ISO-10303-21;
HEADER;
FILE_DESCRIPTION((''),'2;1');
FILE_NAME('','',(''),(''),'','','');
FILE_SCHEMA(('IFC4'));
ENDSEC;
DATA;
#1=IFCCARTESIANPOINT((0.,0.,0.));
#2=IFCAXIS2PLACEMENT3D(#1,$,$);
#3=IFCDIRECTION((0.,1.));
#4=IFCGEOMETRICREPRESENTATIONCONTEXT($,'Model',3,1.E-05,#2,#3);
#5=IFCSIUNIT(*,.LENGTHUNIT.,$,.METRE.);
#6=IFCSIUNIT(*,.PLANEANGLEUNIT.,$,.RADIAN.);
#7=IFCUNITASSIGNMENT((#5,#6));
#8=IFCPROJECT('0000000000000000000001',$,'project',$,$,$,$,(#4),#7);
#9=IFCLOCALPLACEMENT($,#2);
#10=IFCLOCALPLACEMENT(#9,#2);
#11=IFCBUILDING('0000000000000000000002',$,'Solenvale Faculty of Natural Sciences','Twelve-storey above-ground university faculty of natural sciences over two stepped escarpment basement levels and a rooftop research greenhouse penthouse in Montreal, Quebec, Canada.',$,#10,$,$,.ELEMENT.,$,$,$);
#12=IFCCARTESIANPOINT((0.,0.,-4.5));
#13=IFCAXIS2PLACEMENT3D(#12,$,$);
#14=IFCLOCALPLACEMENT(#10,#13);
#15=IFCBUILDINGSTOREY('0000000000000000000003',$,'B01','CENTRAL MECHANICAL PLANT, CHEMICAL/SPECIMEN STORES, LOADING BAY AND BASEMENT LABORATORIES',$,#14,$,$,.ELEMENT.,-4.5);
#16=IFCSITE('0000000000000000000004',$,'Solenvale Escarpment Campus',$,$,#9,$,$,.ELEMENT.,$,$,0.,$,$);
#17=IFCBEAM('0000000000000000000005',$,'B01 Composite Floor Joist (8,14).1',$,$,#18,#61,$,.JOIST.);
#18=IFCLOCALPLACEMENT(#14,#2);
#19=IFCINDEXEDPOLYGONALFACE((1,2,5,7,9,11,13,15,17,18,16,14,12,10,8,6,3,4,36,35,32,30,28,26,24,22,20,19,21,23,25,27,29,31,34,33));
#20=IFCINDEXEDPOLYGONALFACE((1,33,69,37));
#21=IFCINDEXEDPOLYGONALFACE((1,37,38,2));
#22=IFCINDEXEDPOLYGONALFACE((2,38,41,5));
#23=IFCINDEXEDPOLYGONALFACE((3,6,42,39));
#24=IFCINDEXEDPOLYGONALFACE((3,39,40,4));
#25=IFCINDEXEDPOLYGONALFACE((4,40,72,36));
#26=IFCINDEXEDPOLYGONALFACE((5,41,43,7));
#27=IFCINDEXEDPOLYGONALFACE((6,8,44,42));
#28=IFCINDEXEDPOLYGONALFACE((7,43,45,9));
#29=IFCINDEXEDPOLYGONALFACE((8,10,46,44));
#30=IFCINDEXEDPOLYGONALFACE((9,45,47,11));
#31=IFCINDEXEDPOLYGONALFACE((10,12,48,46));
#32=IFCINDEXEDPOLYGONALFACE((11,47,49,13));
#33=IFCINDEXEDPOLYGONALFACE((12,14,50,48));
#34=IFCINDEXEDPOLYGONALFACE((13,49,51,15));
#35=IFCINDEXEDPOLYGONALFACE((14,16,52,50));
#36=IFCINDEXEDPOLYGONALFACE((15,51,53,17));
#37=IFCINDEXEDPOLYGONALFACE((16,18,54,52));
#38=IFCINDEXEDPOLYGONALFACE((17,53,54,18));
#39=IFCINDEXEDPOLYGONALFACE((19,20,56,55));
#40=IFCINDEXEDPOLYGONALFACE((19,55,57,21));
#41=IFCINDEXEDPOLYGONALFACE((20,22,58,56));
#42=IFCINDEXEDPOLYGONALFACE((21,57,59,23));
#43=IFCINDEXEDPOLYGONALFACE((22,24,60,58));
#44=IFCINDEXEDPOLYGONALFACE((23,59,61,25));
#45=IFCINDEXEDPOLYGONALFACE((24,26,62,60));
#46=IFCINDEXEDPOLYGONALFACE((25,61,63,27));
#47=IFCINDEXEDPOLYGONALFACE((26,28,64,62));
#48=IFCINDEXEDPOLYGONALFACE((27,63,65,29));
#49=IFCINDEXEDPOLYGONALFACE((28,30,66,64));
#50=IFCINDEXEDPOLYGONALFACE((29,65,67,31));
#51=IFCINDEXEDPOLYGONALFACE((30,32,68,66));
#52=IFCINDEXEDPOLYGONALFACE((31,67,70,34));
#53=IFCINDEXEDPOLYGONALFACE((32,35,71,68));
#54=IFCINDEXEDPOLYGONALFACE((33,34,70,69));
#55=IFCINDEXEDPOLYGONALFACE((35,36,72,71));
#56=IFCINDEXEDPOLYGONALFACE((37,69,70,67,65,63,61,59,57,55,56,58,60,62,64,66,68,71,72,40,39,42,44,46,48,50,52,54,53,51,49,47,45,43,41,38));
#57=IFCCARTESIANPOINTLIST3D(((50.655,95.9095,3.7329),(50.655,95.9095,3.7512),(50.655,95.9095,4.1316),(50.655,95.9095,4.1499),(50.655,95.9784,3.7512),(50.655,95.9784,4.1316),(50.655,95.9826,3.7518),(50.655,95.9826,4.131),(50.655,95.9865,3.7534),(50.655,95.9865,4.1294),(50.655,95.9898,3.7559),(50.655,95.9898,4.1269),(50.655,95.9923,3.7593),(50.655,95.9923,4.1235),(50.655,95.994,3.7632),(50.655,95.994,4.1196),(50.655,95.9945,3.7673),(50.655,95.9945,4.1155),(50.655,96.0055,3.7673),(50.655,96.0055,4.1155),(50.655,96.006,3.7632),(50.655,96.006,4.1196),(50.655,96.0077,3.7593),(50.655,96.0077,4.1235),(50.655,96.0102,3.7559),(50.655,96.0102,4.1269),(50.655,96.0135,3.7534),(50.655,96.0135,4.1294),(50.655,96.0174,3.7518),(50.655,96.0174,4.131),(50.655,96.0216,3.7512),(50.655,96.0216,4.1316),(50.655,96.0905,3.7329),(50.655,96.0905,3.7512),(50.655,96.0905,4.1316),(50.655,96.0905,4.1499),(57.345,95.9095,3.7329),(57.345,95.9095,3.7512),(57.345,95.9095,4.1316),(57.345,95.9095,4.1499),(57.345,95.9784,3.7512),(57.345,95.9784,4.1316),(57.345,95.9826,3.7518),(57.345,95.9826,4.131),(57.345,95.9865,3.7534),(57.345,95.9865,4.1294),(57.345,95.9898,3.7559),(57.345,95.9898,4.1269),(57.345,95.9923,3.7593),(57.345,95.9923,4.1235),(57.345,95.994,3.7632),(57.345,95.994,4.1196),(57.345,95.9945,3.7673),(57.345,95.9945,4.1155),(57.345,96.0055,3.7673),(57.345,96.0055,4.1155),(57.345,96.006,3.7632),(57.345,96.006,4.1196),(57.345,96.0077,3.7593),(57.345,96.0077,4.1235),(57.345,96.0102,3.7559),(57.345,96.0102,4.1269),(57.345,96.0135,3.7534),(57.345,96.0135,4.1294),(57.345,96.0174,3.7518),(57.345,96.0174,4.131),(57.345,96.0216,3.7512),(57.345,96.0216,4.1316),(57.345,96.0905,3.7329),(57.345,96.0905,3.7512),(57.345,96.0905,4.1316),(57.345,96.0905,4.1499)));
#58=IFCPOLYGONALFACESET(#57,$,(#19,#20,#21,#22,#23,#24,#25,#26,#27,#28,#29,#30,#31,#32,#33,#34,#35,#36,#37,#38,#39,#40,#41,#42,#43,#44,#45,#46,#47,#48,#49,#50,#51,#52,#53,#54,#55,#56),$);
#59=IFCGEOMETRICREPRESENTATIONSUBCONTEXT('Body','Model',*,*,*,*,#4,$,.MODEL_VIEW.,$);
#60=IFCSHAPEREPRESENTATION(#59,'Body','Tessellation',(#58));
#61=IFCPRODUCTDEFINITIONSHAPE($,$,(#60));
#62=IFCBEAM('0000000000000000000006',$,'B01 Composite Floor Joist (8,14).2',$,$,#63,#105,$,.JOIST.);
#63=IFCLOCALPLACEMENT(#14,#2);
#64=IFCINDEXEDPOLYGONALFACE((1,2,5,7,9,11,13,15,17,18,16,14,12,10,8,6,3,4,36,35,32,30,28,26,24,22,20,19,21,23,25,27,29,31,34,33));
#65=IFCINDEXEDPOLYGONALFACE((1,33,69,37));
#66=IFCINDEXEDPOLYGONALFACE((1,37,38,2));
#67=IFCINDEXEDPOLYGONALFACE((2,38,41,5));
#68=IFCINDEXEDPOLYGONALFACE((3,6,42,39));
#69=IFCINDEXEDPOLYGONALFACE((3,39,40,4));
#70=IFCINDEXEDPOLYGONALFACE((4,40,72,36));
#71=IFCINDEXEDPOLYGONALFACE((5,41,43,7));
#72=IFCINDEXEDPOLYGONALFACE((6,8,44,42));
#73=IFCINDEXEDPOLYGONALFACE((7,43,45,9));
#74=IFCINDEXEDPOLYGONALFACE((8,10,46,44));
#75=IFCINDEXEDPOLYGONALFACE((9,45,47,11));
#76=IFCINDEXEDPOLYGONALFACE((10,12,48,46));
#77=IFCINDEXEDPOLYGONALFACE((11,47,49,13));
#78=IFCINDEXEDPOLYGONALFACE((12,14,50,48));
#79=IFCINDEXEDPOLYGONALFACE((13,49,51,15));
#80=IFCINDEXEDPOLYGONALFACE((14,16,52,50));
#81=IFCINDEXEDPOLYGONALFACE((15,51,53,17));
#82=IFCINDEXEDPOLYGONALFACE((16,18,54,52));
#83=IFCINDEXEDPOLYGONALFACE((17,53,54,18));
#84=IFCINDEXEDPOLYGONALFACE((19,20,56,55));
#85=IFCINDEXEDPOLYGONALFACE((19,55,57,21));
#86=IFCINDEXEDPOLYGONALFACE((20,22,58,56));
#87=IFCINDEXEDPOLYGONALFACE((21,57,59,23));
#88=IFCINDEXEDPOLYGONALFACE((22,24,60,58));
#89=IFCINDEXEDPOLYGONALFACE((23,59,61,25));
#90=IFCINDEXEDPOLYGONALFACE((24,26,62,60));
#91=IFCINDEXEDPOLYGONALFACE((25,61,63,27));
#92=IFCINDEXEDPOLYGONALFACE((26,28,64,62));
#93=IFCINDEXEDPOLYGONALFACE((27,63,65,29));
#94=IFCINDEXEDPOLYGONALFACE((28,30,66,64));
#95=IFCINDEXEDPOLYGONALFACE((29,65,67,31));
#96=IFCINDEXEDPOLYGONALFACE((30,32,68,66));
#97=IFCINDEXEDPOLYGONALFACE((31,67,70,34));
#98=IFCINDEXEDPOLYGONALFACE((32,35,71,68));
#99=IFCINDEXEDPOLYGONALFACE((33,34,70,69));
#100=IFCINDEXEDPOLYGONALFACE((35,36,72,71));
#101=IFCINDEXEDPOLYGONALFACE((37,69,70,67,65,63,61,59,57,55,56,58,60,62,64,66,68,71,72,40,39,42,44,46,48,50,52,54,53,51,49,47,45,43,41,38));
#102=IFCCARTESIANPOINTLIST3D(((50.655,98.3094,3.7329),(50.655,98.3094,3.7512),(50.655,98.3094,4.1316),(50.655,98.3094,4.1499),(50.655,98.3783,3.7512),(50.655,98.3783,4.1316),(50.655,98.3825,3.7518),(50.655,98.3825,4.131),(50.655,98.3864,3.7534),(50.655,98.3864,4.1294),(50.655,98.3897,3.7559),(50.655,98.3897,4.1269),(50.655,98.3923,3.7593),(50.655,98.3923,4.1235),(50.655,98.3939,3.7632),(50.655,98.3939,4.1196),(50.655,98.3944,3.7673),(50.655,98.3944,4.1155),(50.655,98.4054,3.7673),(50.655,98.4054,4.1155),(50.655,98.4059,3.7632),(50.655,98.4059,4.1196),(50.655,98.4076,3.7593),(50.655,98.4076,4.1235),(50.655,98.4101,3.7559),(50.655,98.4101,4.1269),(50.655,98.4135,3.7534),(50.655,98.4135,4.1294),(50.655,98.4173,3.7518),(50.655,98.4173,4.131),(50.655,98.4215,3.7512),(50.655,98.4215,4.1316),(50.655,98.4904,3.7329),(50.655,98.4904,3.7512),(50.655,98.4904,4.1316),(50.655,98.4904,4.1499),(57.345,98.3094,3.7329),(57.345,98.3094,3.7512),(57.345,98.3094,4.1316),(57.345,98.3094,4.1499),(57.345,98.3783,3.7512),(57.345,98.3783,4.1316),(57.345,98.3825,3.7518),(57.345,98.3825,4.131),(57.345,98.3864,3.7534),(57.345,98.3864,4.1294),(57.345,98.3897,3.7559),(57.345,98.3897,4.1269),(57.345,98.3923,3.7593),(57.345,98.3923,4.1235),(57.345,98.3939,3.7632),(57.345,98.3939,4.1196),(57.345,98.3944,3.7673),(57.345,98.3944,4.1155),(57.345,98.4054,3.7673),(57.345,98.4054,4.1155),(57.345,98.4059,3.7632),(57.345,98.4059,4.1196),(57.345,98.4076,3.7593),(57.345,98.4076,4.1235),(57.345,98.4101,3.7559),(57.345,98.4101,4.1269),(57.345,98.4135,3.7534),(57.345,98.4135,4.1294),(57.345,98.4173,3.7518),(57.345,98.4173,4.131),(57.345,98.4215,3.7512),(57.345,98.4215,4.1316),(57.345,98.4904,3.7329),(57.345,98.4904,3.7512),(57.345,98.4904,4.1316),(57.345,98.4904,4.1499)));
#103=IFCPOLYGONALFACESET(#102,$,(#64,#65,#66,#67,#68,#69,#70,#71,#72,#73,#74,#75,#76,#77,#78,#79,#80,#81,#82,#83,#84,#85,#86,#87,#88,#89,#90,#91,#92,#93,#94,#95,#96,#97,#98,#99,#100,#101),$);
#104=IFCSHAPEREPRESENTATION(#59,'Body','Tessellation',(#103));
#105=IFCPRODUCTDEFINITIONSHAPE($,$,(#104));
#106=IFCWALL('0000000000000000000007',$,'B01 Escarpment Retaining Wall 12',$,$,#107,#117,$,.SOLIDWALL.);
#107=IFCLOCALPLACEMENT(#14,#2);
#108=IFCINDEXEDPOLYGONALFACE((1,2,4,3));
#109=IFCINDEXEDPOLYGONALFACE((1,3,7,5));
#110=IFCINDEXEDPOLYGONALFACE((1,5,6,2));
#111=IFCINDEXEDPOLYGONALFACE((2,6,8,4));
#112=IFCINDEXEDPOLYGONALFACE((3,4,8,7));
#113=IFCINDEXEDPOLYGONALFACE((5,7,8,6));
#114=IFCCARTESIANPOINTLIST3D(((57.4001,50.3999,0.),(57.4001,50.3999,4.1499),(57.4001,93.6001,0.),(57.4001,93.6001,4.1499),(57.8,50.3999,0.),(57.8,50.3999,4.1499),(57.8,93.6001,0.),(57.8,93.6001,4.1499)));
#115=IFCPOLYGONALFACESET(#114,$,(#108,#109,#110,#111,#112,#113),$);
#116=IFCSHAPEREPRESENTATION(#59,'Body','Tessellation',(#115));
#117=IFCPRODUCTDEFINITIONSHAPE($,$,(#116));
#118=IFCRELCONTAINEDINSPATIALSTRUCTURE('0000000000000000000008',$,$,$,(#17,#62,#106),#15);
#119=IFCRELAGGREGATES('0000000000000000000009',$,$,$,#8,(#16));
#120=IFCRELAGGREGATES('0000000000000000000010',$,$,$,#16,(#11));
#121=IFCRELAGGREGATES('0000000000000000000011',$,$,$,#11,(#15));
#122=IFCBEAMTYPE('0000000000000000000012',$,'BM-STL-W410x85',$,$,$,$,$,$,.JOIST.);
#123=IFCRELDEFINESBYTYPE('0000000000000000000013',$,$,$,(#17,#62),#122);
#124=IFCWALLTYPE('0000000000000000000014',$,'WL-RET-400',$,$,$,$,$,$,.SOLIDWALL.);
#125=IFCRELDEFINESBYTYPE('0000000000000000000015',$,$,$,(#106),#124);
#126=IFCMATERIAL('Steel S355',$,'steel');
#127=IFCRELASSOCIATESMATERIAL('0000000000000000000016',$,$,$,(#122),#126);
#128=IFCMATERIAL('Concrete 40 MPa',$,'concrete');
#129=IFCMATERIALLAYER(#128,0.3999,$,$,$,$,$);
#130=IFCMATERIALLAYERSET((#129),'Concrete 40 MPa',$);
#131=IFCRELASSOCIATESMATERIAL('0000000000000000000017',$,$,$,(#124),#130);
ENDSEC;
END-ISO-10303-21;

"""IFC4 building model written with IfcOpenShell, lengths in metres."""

from ifc_helpers import new_model, si_unit, direction, frame, frame_2d, origin, origin_2d, place, context, subcontext, project, spatial, rectangle, i_section, extrude, material, layer, layer_set, material_profile, profile_set, type_object, element, save


model = new_model("IFC4")

# Units and contexts
model_context = context("Model", 3, precision=1e-05, world=origin(), true_north=direction((0.0, 1.0)))
body_context = subcontext(model_context, "Body", "Model", "MODEL_VIEW")
ifc_project = project(units=[si_unit("LENGTHUNIT", "METRE"), si_unit("PLANEANGLEUNIT", "RADIAN")], contexts=[model_context])

# Site, building, storey
site_placement = place(None, origin())
site = spatial("IfcSite", under=ifc_project, at=site_placement, Name="Solenvale Escarpment Campus", CompositionType="ELEMENT", RefElevation=0.0)
building_placement = place(site_placement, origin())
building = spatial("IfcBuilding", under=site, at=building_placement, Name="Solenvale Faculty of Natural Sciences", Description="Twelve-storey above-ground university faculty of natural sciences over two stepped escarpment basement levels and a rooftop research greenhouse penthouse in Montreal, Quebec, Canada.", CompositionType="ELEMENT")
storey_placement = place(building_placement, frame((0.0, 0.0, -4.5)))
storey = spatial("IfcBuildingStorey", under=building, at=storey_placement, Name="B01", Description="CENTRAL MECHANICAL PLANT, CHEMICAL/SPECIMEN STORES, LOADING BAY AND BASEMENT LABORATORIES", CompositionType="ELEMENT", Elevation=-4.5)

# Shared definitions
ifc_material_1 = material(Name="Concrete 40 MPa", Category="concrete")

# Beams
ifc_material_2 = material(Name="Steel S355", Category="steel")
ifc_material_profile_1 = material_profile(ifc_material_2, i_section(OverallWidth=0.1809, OverallDepth=0.417, WebThickness=0.011, FlangeThickness=0.0183, FilletRadius=0.0161, at=origin_2d()), Name="W410x85")
ifc_profile_set_1 = profile_set([ifc_material_profile_1], Name="Steel S355")
beam_type_1 = type_object("IfcBeamType", Name="BM-STL-W410x85", PredefinedType="JOIST", material=ifc_profile_set_1)
for number, where, z_axis, x_axis, name in (
    (1, (50.655, 96.0, 3.9414), (1.0, 0.0, 0.0), (0.0, 1.0, 0.0), "B01 Composite Floor Joist (8,14).1"),
    (2, (50.655, 98.3999, 3.9414), (1.0, 0.0, 0.0), (0.0, 1.0, 0.0), "B01 Composite Floor Joist (8,14).2"),
):
    element("IfcBeam", number, at=place(storey_placement, frame(where, z_axis=z_axis, x_axis=x_axis)), inside=storey, type_object=beam_type_1, Name=name, PredefinedType="JOIST", context=body_context, shape_type="SweptSolid", body=[
        extrude(i_section(OverallWidth=0.1809, OverallDepth=0.417, WebThickness=0.011, FlangeThickness=0.0183, FilletRadius=0.0161, at=origin_2d()), origin(), (0.0, 0.0, 1.0), 6.6899),
    ])

# Wall
ifc_layer = layer(ifc_material_1, 0.3999)
ifc_layer_set = layer_set([ifc_layer], Name="Concrete 40 MPa")
wall_type = type_object("IfcWallType", Name="WL-RET-400", PredefinedType="SOLIDWALL", material=ifc_layer_set)
wall_placement = place(storey_placement, frame((57.6001, 93.6001, 0.0), z_axis=(0.0, 0.0, 1.0), x_axis=(0.0, -1.0, 0.0)))
element("IfcWall", 3, at=wall_placement, inside=storey, type_object=wall_type, Name="B01 Escarpment Retaining Wall 12", PredefinedType="SOLIDWALL", context=body_context, shape_type="SweptSolid", body=[
    extrude(rectangle(XDim=43.2002, YDim=0.3999, at=frame_2d((21.6001, 0.0))), origin(), (0.0, 0.0, 1.0), 4.1499),
])

save(model, "model.ifc")
